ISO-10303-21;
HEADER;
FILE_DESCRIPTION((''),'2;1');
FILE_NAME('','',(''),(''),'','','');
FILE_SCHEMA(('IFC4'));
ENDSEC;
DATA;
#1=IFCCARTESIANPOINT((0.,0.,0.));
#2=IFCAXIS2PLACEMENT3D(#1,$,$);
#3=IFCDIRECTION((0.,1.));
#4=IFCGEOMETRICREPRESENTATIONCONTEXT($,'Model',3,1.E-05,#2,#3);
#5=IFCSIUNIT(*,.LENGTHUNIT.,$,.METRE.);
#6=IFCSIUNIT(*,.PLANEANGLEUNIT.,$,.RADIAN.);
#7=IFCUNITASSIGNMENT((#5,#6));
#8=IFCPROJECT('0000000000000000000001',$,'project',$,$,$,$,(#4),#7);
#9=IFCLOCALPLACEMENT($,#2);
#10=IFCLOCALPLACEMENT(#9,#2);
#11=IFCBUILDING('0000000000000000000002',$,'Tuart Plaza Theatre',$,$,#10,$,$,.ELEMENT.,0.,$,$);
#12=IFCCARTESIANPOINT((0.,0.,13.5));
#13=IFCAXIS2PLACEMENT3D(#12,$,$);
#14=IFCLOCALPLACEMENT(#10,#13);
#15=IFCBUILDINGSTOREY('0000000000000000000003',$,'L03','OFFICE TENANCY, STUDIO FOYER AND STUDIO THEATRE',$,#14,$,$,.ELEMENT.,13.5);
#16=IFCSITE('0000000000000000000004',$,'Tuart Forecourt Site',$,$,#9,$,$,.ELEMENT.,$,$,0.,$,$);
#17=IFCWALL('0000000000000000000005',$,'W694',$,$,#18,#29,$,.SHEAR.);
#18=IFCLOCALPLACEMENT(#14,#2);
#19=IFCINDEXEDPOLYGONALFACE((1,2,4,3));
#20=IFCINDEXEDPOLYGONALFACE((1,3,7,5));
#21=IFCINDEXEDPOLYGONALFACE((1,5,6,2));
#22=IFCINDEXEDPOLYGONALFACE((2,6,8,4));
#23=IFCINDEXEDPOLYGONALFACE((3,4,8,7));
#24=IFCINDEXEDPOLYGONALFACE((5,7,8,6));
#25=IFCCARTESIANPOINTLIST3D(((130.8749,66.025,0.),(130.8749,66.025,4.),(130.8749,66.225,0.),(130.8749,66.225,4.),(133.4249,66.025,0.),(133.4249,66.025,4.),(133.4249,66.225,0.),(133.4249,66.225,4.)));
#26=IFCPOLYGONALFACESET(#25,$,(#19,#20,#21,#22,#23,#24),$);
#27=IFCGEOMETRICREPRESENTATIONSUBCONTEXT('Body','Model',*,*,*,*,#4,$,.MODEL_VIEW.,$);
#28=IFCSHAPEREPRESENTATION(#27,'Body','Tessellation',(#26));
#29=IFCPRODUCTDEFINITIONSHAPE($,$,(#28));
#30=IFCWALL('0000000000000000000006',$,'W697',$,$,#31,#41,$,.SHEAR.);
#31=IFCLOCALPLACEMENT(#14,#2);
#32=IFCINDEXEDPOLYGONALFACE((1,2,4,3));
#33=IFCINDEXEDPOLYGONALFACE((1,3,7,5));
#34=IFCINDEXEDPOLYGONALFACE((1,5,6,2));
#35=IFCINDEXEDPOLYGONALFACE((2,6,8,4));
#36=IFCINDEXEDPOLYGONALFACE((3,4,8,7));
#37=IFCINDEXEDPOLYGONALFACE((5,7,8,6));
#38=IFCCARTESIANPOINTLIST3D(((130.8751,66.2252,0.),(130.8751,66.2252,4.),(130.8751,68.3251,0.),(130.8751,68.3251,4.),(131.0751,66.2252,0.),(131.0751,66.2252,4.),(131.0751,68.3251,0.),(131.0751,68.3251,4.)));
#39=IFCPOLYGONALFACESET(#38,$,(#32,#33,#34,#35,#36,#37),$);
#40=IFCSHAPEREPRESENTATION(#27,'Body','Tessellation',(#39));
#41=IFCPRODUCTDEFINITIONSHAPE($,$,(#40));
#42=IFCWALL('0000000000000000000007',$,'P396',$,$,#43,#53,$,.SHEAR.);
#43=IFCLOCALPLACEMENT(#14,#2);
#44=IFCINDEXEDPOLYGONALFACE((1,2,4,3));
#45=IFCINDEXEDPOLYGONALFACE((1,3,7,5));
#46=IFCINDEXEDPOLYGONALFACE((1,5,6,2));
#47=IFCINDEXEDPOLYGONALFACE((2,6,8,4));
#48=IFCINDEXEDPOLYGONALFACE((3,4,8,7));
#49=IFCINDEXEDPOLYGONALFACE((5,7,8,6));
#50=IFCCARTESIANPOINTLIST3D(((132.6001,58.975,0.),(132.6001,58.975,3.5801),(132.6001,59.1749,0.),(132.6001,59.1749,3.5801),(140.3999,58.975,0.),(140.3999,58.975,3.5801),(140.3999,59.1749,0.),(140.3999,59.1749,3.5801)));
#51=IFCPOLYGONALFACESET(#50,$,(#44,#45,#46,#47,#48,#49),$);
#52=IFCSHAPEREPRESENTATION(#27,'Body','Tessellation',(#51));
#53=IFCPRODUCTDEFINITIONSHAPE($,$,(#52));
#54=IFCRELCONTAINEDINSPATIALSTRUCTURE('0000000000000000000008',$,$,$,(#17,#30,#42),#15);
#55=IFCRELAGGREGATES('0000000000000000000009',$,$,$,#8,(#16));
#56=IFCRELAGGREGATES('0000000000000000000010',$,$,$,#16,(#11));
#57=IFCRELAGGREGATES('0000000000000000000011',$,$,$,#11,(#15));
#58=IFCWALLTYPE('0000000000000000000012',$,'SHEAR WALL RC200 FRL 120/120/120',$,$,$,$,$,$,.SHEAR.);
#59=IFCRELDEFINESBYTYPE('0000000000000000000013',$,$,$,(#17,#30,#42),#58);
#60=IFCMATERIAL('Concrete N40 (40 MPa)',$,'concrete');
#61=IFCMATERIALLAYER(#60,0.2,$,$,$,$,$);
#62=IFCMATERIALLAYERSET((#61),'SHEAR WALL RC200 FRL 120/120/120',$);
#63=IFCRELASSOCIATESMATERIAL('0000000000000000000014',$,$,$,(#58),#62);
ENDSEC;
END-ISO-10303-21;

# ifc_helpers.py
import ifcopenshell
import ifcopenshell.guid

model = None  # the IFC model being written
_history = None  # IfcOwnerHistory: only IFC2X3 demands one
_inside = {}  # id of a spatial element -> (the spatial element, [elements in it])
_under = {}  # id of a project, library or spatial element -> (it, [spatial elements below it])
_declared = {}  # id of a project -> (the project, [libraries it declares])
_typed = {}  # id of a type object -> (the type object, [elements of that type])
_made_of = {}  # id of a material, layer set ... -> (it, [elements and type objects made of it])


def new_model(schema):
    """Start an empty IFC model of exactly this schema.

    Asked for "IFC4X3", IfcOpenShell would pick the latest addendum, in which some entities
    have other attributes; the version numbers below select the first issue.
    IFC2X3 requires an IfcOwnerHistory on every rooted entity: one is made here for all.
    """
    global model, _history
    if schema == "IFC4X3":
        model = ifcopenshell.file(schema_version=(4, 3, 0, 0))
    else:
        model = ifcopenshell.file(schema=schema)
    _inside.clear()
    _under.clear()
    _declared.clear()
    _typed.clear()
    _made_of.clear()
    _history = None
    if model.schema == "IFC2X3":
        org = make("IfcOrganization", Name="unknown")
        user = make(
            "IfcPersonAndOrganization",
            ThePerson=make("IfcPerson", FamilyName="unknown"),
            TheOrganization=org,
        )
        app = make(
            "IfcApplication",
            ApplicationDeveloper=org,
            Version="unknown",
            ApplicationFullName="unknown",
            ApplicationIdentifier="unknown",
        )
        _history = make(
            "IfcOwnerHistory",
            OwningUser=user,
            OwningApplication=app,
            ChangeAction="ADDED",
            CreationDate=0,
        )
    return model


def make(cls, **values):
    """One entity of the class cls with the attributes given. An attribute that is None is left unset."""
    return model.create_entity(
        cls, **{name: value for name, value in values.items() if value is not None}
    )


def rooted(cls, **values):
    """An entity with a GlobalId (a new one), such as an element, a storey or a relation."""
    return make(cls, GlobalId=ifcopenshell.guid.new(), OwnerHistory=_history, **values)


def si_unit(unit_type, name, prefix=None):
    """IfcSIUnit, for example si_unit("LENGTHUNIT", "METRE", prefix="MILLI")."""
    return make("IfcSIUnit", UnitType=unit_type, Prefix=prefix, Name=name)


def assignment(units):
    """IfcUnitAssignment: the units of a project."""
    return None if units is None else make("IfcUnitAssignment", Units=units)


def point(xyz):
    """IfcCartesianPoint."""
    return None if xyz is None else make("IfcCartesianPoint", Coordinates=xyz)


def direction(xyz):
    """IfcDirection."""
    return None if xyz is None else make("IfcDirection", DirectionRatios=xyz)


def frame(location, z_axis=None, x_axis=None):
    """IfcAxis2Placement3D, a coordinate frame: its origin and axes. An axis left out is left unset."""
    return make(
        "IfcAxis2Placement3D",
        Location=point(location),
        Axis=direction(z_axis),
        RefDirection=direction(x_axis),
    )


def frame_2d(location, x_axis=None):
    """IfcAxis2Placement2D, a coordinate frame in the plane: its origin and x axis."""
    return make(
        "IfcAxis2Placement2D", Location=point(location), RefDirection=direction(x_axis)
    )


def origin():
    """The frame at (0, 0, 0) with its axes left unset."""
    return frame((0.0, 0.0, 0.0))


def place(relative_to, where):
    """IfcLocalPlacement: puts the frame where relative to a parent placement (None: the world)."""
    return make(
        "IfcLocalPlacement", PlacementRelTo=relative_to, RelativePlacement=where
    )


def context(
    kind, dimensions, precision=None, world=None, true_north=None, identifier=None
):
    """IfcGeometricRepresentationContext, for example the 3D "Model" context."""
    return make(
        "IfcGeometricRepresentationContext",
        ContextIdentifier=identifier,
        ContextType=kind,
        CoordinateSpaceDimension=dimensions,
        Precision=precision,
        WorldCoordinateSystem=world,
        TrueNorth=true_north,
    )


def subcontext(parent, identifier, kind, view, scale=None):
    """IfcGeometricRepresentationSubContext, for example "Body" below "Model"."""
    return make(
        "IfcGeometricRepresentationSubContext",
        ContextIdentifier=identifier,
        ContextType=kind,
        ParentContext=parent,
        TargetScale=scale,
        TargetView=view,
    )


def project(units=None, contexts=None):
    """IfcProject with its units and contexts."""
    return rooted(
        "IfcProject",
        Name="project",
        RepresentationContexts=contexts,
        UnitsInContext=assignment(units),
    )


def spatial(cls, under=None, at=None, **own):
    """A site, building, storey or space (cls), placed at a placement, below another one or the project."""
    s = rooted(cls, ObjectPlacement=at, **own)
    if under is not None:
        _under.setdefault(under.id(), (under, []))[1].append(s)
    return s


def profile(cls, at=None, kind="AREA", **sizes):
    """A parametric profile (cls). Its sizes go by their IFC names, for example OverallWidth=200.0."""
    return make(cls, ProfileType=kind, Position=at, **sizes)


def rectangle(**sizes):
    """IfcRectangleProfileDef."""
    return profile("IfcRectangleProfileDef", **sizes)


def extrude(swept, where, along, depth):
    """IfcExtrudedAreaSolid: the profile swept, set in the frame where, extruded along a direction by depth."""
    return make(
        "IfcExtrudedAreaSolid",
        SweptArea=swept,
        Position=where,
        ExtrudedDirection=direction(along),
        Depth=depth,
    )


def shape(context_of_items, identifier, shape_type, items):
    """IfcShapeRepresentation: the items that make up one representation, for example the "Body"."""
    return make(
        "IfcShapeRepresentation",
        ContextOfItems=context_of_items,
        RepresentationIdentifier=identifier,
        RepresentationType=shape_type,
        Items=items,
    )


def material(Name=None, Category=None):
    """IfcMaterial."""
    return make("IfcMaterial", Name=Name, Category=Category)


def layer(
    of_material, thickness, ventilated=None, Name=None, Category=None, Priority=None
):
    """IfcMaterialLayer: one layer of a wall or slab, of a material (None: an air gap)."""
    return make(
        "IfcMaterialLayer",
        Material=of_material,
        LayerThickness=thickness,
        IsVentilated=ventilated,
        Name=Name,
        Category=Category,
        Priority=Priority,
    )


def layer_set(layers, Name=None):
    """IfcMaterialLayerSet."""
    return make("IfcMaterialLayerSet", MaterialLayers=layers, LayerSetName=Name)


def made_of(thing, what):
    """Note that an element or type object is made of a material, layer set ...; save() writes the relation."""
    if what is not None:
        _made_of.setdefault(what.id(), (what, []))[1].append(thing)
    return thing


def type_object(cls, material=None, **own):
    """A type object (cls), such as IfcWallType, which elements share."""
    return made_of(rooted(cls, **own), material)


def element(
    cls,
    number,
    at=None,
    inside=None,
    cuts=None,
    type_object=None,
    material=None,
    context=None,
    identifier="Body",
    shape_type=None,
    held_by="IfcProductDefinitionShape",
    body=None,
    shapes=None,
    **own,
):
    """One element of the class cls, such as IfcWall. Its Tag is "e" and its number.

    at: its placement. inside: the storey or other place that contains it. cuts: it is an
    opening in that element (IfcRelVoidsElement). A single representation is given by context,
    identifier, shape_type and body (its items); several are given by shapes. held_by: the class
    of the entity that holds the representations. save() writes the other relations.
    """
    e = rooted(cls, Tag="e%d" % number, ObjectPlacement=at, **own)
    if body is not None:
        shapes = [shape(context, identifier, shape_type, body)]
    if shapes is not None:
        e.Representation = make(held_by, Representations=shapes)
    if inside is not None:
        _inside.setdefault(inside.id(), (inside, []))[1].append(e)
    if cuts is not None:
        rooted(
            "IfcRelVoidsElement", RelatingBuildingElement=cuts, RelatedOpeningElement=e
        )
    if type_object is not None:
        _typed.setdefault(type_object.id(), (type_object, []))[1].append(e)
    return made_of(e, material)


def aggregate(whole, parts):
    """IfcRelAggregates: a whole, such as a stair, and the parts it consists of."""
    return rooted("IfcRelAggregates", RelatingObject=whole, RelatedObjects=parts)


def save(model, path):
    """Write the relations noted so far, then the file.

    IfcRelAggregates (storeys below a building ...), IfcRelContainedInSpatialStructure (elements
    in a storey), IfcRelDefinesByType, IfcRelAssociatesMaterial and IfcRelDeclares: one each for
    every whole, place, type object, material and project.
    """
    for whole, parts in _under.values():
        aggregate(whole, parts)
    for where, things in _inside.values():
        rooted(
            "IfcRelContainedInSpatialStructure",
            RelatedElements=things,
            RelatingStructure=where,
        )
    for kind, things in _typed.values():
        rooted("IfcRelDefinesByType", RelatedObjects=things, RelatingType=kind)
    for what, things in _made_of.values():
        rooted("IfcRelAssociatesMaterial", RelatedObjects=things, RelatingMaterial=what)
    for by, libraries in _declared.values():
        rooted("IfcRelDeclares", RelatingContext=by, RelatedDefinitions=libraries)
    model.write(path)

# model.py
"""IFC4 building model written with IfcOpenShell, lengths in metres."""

from ifc_helpers import new_model, si_unit, direction, frame, frame_2d, origin, place, context, subcontext, project, spatial, rectangle, extrude, material, layer, layer_set, type_object, element, save


model = new_model("IFC4")

# Units and contexts
model_context = context("Model", 3, precision=1e-05, world=origin(), true_north=direction((0.0, 1.0)))
body_context = subcontext(model_context, "Body", "Model", "MODEL_VIEW")
ifc_project = project(units=[si_unit("LENGTHUNIT", "METRE"), si_unit("PLANEANGLEUNIT", "RADIAN")], contexts=[model_context])

# Site, building, storey
site_placement = place(None, origin())
site = spatial("IfcSite", under=ifc_project, at=site_placement, Name="Tuart Forecourt Site", CompositionType="ELEMENT", RefElevation=0.0)
building_placement = place(site_placement, origin())
building = spatial("IfcBuilding", under=site, at=building_placement, Name="Tuart Plaza Theatre", CompositionType="ELEMENT", ElevationOfRefHeight=0.0)
storey_placement = place(building_placement, frame((0.0, 0.0, 13.5)))
storey = spatial("IfcBuildingStorey", under=building, at=storey_placement, Name="L03", Description="OFFICE TENANCY, STUDIO FOYER AND STUDIO THEATRE", CompositionType="ELEMENT", Elevation=13.5)

# Shared definitions
ifc_material_1 = material(Name="Concrete N40 (40 MPa)", Category="concrete")
ifc_layer_1 = layer(ifc_material_1, 0.2)
ifc_layer_set_1 = layer_set([ifc_layer_1], Name="SHEAR WALL RC200 FRL 120/120/120")
wall_type_1 = type_object("IfcWallType", Name="SHEAR WALL RC200 FRL 120/120/120", PredefinedType="SHEAR", material=ifc_layer_set_1)

# Walls
wall_1_placement = place(storey_placement, frame((130.875, 66.125, 0.0), z_axis=(0.0, 0.0, 1.0), x_axis=(1.0, 0.0, 0.0)))
element("IfcWall", 1, at=wall_1_placement, inside=storey, type_object=wall_type_1, Name="W694", PredefinedType="SHEAR", context=body_context, shape_type="SweptSolid", body=[
    extrude(rectangle(XDim=2.55, YDim=0.2, at=frame_2d((1.2749, 0.0))), origin(), (0.0, 0.0, 1.0), 4.0),
])
wall_2_placement = place(storey_placement, frame((130.9751, 68.325, 0.0), z_axis=(0.0, 0.0, 1.0), x_axis=(0.0, -1.0, 0.0)))
element("IfcWall", 2, at=wall_2_placement, inside=storey, type_object=wall_type_1, Name="W697", PredefinedType="SHEAR", context=body_context, shape_type="SweptSolid", body=[
    extrude(rectangle(XDim=2.0999, YDim=0.2, at=frame_2d((1.0498, 0.0))), origin(), (0.0, 0.0, 1.0), 4.0),
])
wall_3_placement = place(storey_placement, frame((132.6001, 59.075, 0.0), z_axis=(0.0, 0.0, 1.0), x_axis=(1.0, 0.0, 0.0)))
element("IfcWall", 3, at=wall_3_placement, inside=storey, type_object=wall_type_1, Name="P396", PredefinedType="SHEAR", context=body_context, shape_type="SweptSolid", body=[
    extrude(rectangle(XDim=7.7998, YDim=0.2, at=frame_2d((3.8999, 0.0))), origin(), (0.0, 0.0, 1.0), 3.5801),
])

save(model, "model.ifc")
